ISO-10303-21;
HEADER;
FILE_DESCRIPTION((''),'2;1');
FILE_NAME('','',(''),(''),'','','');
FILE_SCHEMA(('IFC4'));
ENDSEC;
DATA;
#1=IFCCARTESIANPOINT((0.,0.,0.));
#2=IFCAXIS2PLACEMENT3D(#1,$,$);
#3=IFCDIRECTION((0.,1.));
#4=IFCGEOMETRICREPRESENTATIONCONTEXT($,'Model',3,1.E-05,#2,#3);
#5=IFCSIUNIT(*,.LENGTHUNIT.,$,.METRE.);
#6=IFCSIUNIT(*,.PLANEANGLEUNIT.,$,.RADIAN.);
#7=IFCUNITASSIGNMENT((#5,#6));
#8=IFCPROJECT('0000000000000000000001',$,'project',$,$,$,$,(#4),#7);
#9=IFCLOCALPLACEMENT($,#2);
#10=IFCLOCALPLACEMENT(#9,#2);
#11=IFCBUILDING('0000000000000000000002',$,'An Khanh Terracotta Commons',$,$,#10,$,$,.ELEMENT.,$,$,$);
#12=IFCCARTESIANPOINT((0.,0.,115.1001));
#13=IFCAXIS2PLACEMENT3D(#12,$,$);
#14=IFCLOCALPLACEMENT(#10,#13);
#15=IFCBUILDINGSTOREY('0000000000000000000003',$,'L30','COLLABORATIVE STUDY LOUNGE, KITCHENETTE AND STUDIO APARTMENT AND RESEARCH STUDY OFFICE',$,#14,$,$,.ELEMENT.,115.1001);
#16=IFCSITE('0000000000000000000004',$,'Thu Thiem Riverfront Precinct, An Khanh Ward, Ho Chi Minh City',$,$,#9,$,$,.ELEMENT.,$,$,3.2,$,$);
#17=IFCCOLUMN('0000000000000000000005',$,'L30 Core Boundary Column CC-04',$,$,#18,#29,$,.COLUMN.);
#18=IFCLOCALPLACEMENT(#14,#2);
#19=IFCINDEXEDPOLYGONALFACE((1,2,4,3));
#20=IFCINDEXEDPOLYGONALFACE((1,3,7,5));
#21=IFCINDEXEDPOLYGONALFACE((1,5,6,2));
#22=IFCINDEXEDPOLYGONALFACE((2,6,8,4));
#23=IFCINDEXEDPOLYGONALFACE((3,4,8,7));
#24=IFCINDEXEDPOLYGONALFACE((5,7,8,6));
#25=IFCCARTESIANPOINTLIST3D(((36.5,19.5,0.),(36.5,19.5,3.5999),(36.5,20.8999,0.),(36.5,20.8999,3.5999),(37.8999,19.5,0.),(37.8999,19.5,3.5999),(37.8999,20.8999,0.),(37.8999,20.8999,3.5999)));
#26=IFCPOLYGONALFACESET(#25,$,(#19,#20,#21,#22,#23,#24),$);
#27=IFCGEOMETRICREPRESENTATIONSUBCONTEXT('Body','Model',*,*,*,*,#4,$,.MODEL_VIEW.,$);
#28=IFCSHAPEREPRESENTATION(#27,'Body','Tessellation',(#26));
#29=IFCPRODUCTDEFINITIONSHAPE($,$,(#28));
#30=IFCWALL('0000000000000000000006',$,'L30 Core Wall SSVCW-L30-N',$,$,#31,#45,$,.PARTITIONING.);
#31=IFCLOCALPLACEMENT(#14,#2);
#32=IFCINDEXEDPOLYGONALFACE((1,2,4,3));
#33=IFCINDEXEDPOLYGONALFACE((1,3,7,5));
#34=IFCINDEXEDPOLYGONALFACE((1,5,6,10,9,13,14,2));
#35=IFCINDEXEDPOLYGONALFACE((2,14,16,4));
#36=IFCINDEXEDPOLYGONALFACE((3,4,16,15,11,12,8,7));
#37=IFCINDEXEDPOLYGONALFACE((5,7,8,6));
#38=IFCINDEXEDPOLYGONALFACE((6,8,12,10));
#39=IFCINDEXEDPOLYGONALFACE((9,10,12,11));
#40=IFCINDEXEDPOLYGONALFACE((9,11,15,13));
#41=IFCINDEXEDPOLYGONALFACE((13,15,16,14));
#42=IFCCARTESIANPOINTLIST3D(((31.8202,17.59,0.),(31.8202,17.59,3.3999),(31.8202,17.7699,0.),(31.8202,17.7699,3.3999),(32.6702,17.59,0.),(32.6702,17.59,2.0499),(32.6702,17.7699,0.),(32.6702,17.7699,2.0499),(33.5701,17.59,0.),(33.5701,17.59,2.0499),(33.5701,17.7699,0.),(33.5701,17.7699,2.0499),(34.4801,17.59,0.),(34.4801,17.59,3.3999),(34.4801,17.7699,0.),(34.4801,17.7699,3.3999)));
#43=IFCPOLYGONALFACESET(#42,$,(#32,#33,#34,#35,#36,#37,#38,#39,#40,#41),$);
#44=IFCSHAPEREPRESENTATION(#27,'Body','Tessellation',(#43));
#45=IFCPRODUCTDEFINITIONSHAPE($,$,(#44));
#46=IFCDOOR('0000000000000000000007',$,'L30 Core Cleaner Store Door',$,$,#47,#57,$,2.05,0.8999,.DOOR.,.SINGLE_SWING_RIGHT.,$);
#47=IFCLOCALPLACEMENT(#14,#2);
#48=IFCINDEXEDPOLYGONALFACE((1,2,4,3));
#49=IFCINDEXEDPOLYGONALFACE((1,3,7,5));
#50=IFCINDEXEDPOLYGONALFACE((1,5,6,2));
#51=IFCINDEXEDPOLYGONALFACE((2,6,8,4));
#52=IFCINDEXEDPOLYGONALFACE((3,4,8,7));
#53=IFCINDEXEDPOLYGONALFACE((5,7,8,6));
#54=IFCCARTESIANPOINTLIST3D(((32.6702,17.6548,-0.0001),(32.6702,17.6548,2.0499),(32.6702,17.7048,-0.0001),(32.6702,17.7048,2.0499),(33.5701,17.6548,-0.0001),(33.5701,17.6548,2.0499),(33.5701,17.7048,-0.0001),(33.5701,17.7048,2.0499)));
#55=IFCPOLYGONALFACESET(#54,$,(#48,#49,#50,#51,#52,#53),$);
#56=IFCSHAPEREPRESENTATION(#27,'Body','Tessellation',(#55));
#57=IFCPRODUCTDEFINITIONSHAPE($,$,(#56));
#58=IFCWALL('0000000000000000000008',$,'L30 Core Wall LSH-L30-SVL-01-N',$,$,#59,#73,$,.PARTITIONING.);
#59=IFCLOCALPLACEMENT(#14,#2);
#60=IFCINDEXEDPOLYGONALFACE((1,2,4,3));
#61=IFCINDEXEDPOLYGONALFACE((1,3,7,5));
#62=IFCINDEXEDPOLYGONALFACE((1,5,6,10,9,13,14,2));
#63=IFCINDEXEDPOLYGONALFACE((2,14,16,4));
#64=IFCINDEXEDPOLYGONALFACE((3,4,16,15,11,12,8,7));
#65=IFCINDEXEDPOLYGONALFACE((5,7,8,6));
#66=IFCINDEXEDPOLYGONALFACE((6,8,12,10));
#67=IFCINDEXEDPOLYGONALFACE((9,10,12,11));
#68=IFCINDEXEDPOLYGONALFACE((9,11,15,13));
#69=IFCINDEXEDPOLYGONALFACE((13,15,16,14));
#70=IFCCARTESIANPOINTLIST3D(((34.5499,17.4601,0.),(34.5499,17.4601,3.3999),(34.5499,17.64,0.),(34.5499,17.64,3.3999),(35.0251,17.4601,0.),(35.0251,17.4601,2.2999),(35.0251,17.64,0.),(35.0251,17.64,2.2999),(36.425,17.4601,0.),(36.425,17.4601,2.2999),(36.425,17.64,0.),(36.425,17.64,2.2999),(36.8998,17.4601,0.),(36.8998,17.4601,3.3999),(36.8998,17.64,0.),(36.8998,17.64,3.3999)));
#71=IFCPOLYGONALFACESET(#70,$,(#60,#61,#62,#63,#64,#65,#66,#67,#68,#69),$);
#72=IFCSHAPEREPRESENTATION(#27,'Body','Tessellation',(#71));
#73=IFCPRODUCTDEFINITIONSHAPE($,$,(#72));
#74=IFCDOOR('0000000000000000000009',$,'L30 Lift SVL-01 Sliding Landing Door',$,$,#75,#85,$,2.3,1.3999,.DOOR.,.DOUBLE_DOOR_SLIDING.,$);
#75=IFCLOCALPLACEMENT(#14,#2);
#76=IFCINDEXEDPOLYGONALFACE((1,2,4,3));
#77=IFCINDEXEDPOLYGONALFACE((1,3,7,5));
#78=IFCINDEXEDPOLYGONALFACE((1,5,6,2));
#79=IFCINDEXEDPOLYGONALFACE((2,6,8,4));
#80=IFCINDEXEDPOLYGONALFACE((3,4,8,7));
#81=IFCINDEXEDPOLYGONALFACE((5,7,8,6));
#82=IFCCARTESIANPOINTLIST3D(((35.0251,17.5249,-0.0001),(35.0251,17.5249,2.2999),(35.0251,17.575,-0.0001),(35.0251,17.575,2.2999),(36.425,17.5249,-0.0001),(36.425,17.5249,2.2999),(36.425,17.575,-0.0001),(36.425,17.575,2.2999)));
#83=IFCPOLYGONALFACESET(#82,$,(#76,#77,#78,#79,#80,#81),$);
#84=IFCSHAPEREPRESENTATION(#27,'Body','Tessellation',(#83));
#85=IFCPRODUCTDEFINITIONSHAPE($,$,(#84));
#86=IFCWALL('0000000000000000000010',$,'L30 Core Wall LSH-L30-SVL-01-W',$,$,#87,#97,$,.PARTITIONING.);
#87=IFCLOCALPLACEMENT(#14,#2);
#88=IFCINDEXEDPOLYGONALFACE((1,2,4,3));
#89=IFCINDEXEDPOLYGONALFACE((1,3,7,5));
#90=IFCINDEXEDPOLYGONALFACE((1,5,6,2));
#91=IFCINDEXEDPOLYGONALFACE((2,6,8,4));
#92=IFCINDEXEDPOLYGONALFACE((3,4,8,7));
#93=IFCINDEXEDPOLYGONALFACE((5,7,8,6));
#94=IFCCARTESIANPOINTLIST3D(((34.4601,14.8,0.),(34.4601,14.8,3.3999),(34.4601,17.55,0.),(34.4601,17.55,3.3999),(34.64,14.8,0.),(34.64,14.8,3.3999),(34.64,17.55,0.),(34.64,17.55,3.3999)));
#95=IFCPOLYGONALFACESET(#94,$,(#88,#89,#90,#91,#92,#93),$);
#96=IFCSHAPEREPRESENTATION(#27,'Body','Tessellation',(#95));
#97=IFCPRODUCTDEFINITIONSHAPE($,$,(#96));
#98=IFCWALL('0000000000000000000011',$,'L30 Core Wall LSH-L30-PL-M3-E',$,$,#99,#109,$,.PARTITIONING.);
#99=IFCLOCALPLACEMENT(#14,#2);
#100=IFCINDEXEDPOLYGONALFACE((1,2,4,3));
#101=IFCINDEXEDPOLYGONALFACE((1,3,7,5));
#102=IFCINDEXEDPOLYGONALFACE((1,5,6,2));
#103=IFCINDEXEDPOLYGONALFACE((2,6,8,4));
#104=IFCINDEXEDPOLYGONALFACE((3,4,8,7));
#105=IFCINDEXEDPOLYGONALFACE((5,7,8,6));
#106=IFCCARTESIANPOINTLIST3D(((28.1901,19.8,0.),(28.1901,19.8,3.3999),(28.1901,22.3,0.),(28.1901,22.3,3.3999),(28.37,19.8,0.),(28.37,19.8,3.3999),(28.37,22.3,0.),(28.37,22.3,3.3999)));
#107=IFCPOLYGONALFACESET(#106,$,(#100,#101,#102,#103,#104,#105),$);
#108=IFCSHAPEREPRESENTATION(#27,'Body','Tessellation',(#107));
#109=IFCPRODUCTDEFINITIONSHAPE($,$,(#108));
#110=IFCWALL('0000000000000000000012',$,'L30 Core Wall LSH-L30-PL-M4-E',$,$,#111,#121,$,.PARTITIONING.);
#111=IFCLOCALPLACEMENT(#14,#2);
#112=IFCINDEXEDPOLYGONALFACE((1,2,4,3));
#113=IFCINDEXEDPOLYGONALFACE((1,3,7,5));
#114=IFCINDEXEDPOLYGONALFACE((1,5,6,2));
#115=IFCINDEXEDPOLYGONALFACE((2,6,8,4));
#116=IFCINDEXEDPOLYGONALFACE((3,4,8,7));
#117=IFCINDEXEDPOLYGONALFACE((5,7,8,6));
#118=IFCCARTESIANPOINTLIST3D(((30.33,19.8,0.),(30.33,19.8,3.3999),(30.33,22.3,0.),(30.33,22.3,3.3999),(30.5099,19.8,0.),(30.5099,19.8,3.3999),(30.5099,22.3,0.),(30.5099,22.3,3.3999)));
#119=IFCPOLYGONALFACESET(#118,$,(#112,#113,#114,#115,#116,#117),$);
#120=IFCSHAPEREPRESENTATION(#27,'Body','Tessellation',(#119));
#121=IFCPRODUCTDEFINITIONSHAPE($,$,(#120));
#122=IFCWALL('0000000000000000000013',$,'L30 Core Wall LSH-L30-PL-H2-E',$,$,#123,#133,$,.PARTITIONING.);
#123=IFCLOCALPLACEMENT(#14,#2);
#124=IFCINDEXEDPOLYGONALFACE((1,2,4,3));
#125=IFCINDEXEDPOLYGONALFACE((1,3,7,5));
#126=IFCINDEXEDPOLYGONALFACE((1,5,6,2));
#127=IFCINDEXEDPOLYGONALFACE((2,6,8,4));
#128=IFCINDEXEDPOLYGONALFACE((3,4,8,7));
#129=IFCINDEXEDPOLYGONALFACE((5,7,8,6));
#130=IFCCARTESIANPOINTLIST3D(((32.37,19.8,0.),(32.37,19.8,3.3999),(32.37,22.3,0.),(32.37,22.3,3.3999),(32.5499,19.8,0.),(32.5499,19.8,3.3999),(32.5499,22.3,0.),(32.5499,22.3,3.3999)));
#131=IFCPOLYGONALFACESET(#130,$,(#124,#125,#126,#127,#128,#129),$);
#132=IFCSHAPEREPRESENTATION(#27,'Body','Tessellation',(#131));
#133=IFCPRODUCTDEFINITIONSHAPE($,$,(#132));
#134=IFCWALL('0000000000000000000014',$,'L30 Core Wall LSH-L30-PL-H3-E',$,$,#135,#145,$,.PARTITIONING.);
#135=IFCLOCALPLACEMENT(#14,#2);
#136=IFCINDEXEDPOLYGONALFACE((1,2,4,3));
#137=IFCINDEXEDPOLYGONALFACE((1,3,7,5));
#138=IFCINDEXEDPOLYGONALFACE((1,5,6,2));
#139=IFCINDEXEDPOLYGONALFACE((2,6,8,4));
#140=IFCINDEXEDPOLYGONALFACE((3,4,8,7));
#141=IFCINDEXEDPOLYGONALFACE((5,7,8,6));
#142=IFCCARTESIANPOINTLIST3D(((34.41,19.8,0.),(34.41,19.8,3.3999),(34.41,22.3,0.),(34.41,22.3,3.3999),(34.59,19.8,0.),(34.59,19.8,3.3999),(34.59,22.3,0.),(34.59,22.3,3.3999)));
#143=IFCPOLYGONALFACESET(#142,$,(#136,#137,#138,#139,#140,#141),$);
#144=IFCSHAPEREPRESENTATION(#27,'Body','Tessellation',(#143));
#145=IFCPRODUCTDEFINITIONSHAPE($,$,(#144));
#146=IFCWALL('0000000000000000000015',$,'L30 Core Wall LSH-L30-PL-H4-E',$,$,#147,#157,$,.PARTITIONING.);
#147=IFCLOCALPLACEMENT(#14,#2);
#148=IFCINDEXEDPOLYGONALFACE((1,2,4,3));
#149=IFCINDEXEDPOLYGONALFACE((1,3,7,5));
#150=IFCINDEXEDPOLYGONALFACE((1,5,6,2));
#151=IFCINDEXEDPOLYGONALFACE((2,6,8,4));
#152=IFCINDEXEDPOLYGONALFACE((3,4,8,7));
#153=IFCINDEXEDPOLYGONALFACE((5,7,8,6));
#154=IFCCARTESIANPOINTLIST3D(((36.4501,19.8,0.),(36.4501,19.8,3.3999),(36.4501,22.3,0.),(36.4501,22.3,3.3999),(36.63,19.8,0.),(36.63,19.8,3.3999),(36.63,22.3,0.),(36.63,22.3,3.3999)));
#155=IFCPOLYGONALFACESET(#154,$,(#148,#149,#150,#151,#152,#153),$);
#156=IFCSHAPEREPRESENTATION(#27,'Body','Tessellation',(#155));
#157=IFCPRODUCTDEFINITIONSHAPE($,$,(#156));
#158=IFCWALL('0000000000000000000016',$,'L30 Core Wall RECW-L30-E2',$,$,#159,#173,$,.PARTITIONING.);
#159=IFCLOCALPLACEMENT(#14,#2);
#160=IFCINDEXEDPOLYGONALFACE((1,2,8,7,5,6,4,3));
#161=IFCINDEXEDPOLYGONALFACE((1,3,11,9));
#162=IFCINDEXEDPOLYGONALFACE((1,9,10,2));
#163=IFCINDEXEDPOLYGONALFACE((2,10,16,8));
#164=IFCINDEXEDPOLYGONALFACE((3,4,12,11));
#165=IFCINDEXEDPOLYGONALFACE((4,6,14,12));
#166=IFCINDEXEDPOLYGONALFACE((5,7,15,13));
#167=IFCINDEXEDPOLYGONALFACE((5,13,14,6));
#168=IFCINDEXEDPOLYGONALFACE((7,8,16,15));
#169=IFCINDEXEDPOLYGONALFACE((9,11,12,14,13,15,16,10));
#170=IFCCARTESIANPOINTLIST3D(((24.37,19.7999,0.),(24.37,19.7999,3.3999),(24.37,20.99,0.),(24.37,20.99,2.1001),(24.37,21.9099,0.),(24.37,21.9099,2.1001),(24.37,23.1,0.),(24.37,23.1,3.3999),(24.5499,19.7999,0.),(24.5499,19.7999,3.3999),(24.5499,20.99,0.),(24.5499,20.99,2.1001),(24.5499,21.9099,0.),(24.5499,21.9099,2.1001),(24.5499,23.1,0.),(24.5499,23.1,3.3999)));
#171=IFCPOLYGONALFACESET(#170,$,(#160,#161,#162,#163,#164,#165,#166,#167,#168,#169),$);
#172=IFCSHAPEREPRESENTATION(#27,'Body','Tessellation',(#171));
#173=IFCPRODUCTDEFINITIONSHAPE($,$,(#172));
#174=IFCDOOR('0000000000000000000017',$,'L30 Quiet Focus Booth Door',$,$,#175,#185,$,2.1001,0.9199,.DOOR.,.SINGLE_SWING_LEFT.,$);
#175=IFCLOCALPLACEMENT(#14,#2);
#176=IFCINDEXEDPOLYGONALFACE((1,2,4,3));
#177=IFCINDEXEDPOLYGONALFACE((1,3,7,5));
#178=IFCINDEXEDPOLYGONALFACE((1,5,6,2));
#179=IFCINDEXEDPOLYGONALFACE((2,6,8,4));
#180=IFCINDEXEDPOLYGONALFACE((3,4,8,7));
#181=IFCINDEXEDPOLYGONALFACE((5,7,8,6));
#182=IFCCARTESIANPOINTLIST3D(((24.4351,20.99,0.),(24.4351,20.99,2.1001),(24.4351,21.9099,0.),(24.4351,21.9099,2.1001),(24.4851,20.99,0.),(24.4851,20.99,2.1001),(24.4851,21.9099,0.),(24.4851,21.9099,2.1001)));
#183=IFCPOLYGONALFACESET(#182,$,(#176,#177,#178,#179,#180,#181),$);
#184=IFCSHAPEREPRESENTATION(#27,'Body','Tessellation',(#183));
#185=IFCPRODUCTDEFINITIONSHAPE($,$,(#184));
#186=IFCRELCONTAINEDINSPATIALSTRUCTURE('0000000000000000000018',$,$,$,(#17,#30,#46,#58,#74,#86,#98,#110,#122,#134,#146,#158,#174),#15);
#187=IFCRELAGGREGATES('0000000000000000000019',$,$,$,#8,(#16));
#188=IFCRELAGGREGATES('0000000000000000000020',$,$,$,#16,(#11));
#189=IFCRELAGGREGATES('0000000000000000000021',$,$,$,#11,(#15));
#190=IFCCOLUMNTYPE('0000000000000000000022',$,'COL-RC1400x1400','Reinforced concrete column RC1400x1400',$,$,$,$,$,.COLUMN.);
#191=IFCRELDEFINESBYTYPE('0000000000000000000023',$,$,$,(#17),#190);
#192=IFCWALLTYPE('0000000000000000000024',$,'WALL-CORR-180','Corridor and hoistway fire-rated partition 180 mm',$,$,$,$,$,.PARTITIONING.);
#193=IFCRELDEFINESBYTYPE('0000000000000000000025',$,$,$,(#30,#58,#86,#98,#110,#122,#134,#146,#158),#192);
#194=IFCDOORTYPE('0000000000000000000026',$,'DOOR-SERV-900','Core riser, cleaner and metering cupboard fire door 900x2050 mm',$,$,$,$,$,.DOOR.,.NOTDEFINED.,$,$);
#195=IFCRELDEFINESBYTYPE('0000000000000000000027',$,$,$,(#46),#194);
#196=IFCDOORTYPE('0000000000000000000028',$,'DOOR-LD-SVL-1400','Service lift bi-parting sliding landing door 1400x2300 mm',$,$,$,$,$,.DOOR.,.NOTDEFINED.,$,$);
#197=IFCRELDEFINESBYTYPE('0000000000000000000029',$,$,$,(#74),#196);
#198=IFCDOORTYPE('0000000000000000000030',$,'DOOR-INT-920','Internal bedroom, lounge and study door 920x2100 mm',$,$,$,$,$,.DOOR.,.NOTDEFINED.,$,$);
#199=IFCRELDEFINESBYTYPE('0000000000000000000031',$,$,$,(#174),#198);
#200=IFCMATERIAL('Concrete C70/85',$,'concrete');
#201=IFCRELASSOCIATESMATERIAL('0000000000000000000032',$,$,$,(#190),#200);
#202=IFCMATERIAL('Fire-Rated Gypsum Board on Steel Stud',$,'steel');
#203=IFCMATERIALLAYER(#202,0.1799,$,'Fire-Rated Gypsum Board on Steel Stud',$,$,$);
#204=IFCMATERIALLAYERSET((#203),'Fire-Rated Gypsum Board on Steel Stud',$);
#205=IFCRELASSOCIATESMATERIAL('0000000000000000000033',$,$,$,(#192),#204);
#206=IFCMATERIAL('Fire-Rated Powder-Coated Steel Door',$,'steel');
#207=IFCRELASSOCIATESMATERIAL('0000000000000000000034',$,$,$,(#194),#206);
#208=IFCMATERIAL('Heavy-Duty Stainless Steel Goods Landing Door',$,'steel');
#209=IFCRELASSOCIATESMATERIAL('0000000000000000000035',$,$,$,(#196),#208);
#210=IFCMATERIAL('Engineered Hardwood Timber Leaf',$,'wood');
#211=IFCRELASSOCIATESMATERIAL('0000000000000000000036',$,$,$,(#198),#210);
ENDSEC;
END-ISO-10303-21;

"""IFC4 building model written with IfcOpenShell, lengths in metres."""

from ifc_helpers import new_model, si_unit, direction, frame, frame_2d, origin, origin_2d, place, context, subcontext, project, spatial, rectangle, extrude, material, layer, layer_set, material_profile, profile_set, type_object, element, fill, save


model = new_model("IFC4")

# Units and contexts
model_context = context("Model", 3, precision=1e-05, world=origin(), true_north=direction((0.0, 1.0)))
body_context = subcontext(model_context, "Body", "Model", "MODEL_VIEW")
ifc_project = project(units=[si_unit("LENGTHUNIT", "METRE"), si_unit("PLANEANGLEUNIT", "RADIAN")], contexts=[model_context])

# Site, building, storey
site_placement = place(None, origin())
site = spatial("IfcSite", under=ifc_project, at=site_placement, Name="Thu Thiem Riverfront Precinct, An Khanh Ward, Ho Chi Minh City", CompositionType="ELEMENT", RefElevation=3.2)
building_placement = place(site_placement, origin())
building = spatial("IfcBuilding", under=site, at=building_placement, Name="An Khanh Terracotta Commons", CompositionType="ELEMENT")
storey_placement = place(building_placement, frame((0.0, 0.0, 115.1001)))
storey = spatial("IfcBuildingStorey", under=building, at=storey_placement, Name="L30", Description="COLLABORATIVE STUDY LOUNGE, KITCHENETTE AND STUDIO APARTMENT AND RESEARCH STUDY OFFICE", CompositionType="ELEMENT", Elevation=115.1001)

# Column
ifc_material_1 = material(Name="Concrete C70/85", Category="concrete")
ifc_material_profile = material_profile(ifc_material_1, rectangle(XDim=1.3999, YDim=1.3999, at=origin_2d()), Name="RC1400x1400")
ifc_profile_set = profile_set([ifc_material_profile], Name="Concrete C70/85")
column_type = type_object("IfcColumnType", Name="COL-RC1400x1400", Description="Reinforced concrete column RC1400x1400", PredefinedType="COLUMN", material=ifc_profile_set)
column_placement = place(storey_placement, frame((37.2, 20.2, 0.0), z_axis=(0.0, 0.0, 1.0), x_axis=(1.0, 0.0, 0.0)))
element("IfcColumn", 1, at=column_placement, inside=storey, type_object=column_type, Name="L30 Core Boundary Column CC-04", PredefinedType="COLUMN", context=body_context, shape_type="SweptSolid", body=[
    extrude(rectangle(XDim=1.3999, YDim=1.3999, at=origin_2d()), origin(), (0.0, 0.0, 1.0), 3.5999),
])

# Walls, openings, doors
ifc_material_2 = material(Name="Fire-Rated Gypsum Board on Steel Stud", Category="steel")
ifc_layer_1 = layer(ifc_material_2, 0.1799, Name="Fire-Rated Gypsum Board on Steel Stud")
ifc_layer_set_1 = layer_set([ifc_layer_1], Name="Fire-Rated Gypsum Board on Steel Stud")
wall_type_1 = type_object("IfcWallType", Name="WALL-CORR-180", Description="Corridor and hoistway fire-rated partition 180 mm", PredefinedType="PARTITIONING", material=ifc_layer_set_1)
wall_1_placement = place(storey_placement, frame((31.8201, 17.6799, 0.0), z_axis=(0.0, 0.0, 1.0), x_axis=(1.0, 0.0, 0.0)))
wall_1 = element("IfcWall", 2, at=wall_1_placement, inside=storey, type_object=wall_type_1, Name="L30 Core Wall SSVCW-L30-N", PredefinedType="PARTITIONING", context=body_context, shape_type="SweptSolid", body=[
    extrude(rectangle(XDim=2.6599, YDim=0.1799, at=frame_2d((1.3301, 0.0))), origin(), (0.0, 0.0, 1.0), 3.3999),
])
opening_1_placement = place(wall_1_placement, frame((0.8501, 0.0, 0.0)))
opening_1 = element("IfcOpeningElement", 3, at=opening_1_placement, cuts=wall_1, PredefinedType="OPENING", context=body_context, shape_type="SweptSolid", body=[
    extrude(rectangle(XDim=0.8999, YDim=2.05, at=frame_2d((0.45, 1.0249))), frame((0.0, 0.0999, 0.0), z_axis=(0.0, -1.0, 0.0), x_axis=(1.0, 0.0, 0.0)), (0.0, 0.0, 1.0), 0.2),
])
ifc_material_3 = material(Name="Fire-Rated Powder-Coated Steel Door", Category="steel")
door_type_1 = type_object("IfcDoorType", Name="DOOR-SERV-900", Description="Core riser, cleaner and metering cupboard fire door 900x2050 mm", OperationType="NOTDEFINED", PredefinedType="DOOR", material=ifc_material_3)
door_1_placement = place(opening_1_placement, origin())
door_1 = element("IfcDoor", 4, at=door_1_placement, inside=storey, type_object=door_type_1, Name="L30 Core Cleaner Store Door", OperationType="SINGLE_SWING_RIGHT", OverallHeight=2.05, OverallWidth=0.8999, PredefinedType="DOOR", context=body_context, shape_type="SweptSolid", body=[
    extrude(rectangle(XDim=0.8999, YDim=2.05, at=frame_2d((0.45, 1.0249))), frame((0.0, 0.0249, 0.0), z_axis=(0.0, -1.0, 0.0), x_axis=(1.0, 0.0, 0.0)), (0.0, 0.0, 1.0), 0.05),
])
fill(opening_1, door_1)
wall_2_placement = place(storey_placement, frame((34.55, 17.55, 0.0), z_axis=(0.0, 0.0, 1.0), x_axis=(1.0, 0.0, 0.0)))
wall_2 = element("IfcWall", 5, at=wall_2_placement, inside=storey, type_object=wall_type_1, Name="L30 Core Wall LSH-L30-SVL-01-N", PredefinedType="PARTITIONING", context=body_context, shape_type="SweptSolid", body=[
    extrude(rectangle(XDim=2.3499, YDim=0.1799, at=frame_2d((1.1748, 0.0))), origin(), (0.0, 0.0, 1.0), 3.3999),
])
opening_2_placement = place(wall_2_placement, frame((0.4751, 0.0, 0.0)))
opening_2 = element("IfcOpeningElement", 6, at=opening_2_placement, cuts=wall_2, PredefinedType="OPENING", context=body_context, shape_type="SweptSolid", body=[
    extrude(rectangle(XDim=1.3999, YDim=2.3, at=frame_2d((0.7, 1.1499))), frame((0.0, 0.0999, 0.0), z_axis=(0.0, -1.0, 0.0), x_axis=(1.0, 0.0, 0.0)), (0.0, 0.0, 1.0), 0.2),
])
ifc_material_4 = material(Name="Heavy-Duty Stainless Steel Goods Landing Door", Category="steel")
door_type_2 = type_object("IfcDoorType", Name="DOOR-LD-SVL-1400", Description="Service lift bi-parting sliding landing door 1400x2300 mm", OperationType="NOTDEFINED", PredefinedType="DOOR", material=ifc_material_4)
door_2_placement = place(opening_2_placement, origin())
door_2 = element("IfcDoor", 7, at=door_2_placement, inside=storey, type_object=door_type_2, Name="L30 Lift SVL-01 Sliding Landing Door", OperationType="DOUBLE_DOOR_SLIDING", OverallHeight=2.3, OverallWidth=1.3999, PredefinedType="DOOR", context=body_context, shape_type="SweptSolid", body=[
    extrude(rectangle(XDim=1.3999, YDim=2.3, at=frame_2d((0.7, 1.1499))), frame((0.0, 0.0249, 0.0), z_axis=(0.0, -1.0, 0.0), x_axis=(1.0, 0.0, 0.0)), (0.0, 0.0, 1.0), 0.05),
])
fill(opening_2, door_2)

# Walls
wall_3_placement = place(storey_placement, frame((34.55, 17.55, 0.0), z_axis=(0.0, 0.0, 1.0), x_axis=(0.0, -1.0, 0.0)))
element("IfcWall", 8, at=wall_3_placement, inside=storey, type_object=wall_type_1, Name="L30 Core Wall LSH-L30-SVL-01-W", PredefinedType="PARTITIONING", context=body_context, shape_type="SweptSolid", body=[
    extrude(rectangle(XDim=2.75, YDim=0.1799, at=frame_2d((1.375, 0.0))), origin(), (0.0, 0.0, 1.0), 3.3999),
])
for number, where, z_axis, x_axis, name in (
    (9, (28.28, 19.8, 0.0), (0.0, 0.0, 1.0), (0.0, 1.0, 0.0), "L30 Core Wall LSH-L30-PL-M3-E"),
    (10, (30.4199, 19.8, 0.0), (0.0, 0.0, 1.0), (0.0, 1.0, 0.0), "L30 Core Wall LSH-L30-PL-M4-E"),
    (11, (32.46, 19.8, 0.0), (0.0, 0.0, 1.0), (0.0, 1.0, 0.0), "L30 Core Wall LSH-L30-PL-H2-E"),
    (12, (34.5, 19.8, 0.0), (0.0, 0.0, 1.0), (0.0, 1.0, 0.0), "L30 Core Wall LSH-L30-PL-H3-E"),
    (13, (36.54, 19.8, 0.0), (0.0, 0.0, 1.0), (0.0, 1.0, 0.0), "L30 Core Wall LSH-L30-PL-H4-E"),
):
    element("IfcWall", number, at=place(storey_placement, frame(where, z_axis=z_axis, x_axis=x_axis)), inside=storey, type_object=wall_type_1, Name=name, PredefinedType="PARTITIONING", context=body_context, shape_type="SweptSolid", body=[
        extrude(rectangle(XDim=2.5, YDim=0.1799, at=frame_2d((1.25, 0.0))), origin(), (0.0, 0.0, 1.0), 3.3999),
    ])

# Wall, opening, door
wall_4_placement = place(storey_placement, frame((24.46, 19.8, 0.0), z_axis=(0.0, 0.0, 1.0), x_axis=(0.0, 1.0, 0.0)))
wall_4 = element("IfcWall", 14, at=wall_4_placement, inside=storey, type_object=wall_type_1, Name="L30 Core Wall RECW-L30-E2", PredefinedType="PARTITIONING", context=body_context, shape_type="SweptSolid", body=[
    extrude(rectangle(XDim=3.3, YDim=0.1799, at=frame_2d((1.6499, 0.0))), origin(), (0.0, 0.0, 1.0), 3.3999),
])
opening_3_placement = place(wall_4_placement, frame((1.1899, 0.0, 0.0)))
opening_3 = element("IfcOpeningElement", 15, at=opening_3_placement, cuts=wall_4, PredefinedType="OPENING", context=body_context, shape_type="SweptSolid", body=[
    extrude(rectangle(XDim=0.9199, YDim=2.1001, at=frame_2d((0.46, 1.05))), frame((0.0, 0.0999, 0.0), z_axis=(0.0, -1.0, 0.0), x_axis=(1.0, 0.0, 0.0)), (0.0, 0.0, 1.0), 0.2),
])
ifc_material_5 = material(Name="Engineered Hardwood Timber Leaf", Category="wood")
door_type_3 = type_object("IfcDoorType", Name="DOOR-INT-920", Description="Internal bedroom, lounge and study door 920x2100 mm", OperationType="NOTDEFINED", PredefinedType="DOOR", material=ifc_material_5)
door_3_placement = place(opening_3_placement, origin())
door_3 = element("IfcDoor", 16, at=door_3_placement, inside=storey, type_object=door_type_3, Name="L30 Quiet Focus Booth Door", OperationType="SINGLE_SWING_LEFT", OverallHeight=2.1001, OverallWidth=0.9199, PredefinedType="DOOR", context=body_context, shape_type="SweptSolid", body=[
    extrude(rectangle(XDim=0.9199, YDim=2.1001, at=frame_2d((0.46, 1.05))), frame((0.0, 0.0249, 0.0), z_axis=(0.0, -1.0, 0.0), x_axis=(1.0, 0.0, 0.0)), (0.0, 0.0, 1.0), 0.05),
])
fill(opening_3, door_3)

save(model, "model.ifc")
